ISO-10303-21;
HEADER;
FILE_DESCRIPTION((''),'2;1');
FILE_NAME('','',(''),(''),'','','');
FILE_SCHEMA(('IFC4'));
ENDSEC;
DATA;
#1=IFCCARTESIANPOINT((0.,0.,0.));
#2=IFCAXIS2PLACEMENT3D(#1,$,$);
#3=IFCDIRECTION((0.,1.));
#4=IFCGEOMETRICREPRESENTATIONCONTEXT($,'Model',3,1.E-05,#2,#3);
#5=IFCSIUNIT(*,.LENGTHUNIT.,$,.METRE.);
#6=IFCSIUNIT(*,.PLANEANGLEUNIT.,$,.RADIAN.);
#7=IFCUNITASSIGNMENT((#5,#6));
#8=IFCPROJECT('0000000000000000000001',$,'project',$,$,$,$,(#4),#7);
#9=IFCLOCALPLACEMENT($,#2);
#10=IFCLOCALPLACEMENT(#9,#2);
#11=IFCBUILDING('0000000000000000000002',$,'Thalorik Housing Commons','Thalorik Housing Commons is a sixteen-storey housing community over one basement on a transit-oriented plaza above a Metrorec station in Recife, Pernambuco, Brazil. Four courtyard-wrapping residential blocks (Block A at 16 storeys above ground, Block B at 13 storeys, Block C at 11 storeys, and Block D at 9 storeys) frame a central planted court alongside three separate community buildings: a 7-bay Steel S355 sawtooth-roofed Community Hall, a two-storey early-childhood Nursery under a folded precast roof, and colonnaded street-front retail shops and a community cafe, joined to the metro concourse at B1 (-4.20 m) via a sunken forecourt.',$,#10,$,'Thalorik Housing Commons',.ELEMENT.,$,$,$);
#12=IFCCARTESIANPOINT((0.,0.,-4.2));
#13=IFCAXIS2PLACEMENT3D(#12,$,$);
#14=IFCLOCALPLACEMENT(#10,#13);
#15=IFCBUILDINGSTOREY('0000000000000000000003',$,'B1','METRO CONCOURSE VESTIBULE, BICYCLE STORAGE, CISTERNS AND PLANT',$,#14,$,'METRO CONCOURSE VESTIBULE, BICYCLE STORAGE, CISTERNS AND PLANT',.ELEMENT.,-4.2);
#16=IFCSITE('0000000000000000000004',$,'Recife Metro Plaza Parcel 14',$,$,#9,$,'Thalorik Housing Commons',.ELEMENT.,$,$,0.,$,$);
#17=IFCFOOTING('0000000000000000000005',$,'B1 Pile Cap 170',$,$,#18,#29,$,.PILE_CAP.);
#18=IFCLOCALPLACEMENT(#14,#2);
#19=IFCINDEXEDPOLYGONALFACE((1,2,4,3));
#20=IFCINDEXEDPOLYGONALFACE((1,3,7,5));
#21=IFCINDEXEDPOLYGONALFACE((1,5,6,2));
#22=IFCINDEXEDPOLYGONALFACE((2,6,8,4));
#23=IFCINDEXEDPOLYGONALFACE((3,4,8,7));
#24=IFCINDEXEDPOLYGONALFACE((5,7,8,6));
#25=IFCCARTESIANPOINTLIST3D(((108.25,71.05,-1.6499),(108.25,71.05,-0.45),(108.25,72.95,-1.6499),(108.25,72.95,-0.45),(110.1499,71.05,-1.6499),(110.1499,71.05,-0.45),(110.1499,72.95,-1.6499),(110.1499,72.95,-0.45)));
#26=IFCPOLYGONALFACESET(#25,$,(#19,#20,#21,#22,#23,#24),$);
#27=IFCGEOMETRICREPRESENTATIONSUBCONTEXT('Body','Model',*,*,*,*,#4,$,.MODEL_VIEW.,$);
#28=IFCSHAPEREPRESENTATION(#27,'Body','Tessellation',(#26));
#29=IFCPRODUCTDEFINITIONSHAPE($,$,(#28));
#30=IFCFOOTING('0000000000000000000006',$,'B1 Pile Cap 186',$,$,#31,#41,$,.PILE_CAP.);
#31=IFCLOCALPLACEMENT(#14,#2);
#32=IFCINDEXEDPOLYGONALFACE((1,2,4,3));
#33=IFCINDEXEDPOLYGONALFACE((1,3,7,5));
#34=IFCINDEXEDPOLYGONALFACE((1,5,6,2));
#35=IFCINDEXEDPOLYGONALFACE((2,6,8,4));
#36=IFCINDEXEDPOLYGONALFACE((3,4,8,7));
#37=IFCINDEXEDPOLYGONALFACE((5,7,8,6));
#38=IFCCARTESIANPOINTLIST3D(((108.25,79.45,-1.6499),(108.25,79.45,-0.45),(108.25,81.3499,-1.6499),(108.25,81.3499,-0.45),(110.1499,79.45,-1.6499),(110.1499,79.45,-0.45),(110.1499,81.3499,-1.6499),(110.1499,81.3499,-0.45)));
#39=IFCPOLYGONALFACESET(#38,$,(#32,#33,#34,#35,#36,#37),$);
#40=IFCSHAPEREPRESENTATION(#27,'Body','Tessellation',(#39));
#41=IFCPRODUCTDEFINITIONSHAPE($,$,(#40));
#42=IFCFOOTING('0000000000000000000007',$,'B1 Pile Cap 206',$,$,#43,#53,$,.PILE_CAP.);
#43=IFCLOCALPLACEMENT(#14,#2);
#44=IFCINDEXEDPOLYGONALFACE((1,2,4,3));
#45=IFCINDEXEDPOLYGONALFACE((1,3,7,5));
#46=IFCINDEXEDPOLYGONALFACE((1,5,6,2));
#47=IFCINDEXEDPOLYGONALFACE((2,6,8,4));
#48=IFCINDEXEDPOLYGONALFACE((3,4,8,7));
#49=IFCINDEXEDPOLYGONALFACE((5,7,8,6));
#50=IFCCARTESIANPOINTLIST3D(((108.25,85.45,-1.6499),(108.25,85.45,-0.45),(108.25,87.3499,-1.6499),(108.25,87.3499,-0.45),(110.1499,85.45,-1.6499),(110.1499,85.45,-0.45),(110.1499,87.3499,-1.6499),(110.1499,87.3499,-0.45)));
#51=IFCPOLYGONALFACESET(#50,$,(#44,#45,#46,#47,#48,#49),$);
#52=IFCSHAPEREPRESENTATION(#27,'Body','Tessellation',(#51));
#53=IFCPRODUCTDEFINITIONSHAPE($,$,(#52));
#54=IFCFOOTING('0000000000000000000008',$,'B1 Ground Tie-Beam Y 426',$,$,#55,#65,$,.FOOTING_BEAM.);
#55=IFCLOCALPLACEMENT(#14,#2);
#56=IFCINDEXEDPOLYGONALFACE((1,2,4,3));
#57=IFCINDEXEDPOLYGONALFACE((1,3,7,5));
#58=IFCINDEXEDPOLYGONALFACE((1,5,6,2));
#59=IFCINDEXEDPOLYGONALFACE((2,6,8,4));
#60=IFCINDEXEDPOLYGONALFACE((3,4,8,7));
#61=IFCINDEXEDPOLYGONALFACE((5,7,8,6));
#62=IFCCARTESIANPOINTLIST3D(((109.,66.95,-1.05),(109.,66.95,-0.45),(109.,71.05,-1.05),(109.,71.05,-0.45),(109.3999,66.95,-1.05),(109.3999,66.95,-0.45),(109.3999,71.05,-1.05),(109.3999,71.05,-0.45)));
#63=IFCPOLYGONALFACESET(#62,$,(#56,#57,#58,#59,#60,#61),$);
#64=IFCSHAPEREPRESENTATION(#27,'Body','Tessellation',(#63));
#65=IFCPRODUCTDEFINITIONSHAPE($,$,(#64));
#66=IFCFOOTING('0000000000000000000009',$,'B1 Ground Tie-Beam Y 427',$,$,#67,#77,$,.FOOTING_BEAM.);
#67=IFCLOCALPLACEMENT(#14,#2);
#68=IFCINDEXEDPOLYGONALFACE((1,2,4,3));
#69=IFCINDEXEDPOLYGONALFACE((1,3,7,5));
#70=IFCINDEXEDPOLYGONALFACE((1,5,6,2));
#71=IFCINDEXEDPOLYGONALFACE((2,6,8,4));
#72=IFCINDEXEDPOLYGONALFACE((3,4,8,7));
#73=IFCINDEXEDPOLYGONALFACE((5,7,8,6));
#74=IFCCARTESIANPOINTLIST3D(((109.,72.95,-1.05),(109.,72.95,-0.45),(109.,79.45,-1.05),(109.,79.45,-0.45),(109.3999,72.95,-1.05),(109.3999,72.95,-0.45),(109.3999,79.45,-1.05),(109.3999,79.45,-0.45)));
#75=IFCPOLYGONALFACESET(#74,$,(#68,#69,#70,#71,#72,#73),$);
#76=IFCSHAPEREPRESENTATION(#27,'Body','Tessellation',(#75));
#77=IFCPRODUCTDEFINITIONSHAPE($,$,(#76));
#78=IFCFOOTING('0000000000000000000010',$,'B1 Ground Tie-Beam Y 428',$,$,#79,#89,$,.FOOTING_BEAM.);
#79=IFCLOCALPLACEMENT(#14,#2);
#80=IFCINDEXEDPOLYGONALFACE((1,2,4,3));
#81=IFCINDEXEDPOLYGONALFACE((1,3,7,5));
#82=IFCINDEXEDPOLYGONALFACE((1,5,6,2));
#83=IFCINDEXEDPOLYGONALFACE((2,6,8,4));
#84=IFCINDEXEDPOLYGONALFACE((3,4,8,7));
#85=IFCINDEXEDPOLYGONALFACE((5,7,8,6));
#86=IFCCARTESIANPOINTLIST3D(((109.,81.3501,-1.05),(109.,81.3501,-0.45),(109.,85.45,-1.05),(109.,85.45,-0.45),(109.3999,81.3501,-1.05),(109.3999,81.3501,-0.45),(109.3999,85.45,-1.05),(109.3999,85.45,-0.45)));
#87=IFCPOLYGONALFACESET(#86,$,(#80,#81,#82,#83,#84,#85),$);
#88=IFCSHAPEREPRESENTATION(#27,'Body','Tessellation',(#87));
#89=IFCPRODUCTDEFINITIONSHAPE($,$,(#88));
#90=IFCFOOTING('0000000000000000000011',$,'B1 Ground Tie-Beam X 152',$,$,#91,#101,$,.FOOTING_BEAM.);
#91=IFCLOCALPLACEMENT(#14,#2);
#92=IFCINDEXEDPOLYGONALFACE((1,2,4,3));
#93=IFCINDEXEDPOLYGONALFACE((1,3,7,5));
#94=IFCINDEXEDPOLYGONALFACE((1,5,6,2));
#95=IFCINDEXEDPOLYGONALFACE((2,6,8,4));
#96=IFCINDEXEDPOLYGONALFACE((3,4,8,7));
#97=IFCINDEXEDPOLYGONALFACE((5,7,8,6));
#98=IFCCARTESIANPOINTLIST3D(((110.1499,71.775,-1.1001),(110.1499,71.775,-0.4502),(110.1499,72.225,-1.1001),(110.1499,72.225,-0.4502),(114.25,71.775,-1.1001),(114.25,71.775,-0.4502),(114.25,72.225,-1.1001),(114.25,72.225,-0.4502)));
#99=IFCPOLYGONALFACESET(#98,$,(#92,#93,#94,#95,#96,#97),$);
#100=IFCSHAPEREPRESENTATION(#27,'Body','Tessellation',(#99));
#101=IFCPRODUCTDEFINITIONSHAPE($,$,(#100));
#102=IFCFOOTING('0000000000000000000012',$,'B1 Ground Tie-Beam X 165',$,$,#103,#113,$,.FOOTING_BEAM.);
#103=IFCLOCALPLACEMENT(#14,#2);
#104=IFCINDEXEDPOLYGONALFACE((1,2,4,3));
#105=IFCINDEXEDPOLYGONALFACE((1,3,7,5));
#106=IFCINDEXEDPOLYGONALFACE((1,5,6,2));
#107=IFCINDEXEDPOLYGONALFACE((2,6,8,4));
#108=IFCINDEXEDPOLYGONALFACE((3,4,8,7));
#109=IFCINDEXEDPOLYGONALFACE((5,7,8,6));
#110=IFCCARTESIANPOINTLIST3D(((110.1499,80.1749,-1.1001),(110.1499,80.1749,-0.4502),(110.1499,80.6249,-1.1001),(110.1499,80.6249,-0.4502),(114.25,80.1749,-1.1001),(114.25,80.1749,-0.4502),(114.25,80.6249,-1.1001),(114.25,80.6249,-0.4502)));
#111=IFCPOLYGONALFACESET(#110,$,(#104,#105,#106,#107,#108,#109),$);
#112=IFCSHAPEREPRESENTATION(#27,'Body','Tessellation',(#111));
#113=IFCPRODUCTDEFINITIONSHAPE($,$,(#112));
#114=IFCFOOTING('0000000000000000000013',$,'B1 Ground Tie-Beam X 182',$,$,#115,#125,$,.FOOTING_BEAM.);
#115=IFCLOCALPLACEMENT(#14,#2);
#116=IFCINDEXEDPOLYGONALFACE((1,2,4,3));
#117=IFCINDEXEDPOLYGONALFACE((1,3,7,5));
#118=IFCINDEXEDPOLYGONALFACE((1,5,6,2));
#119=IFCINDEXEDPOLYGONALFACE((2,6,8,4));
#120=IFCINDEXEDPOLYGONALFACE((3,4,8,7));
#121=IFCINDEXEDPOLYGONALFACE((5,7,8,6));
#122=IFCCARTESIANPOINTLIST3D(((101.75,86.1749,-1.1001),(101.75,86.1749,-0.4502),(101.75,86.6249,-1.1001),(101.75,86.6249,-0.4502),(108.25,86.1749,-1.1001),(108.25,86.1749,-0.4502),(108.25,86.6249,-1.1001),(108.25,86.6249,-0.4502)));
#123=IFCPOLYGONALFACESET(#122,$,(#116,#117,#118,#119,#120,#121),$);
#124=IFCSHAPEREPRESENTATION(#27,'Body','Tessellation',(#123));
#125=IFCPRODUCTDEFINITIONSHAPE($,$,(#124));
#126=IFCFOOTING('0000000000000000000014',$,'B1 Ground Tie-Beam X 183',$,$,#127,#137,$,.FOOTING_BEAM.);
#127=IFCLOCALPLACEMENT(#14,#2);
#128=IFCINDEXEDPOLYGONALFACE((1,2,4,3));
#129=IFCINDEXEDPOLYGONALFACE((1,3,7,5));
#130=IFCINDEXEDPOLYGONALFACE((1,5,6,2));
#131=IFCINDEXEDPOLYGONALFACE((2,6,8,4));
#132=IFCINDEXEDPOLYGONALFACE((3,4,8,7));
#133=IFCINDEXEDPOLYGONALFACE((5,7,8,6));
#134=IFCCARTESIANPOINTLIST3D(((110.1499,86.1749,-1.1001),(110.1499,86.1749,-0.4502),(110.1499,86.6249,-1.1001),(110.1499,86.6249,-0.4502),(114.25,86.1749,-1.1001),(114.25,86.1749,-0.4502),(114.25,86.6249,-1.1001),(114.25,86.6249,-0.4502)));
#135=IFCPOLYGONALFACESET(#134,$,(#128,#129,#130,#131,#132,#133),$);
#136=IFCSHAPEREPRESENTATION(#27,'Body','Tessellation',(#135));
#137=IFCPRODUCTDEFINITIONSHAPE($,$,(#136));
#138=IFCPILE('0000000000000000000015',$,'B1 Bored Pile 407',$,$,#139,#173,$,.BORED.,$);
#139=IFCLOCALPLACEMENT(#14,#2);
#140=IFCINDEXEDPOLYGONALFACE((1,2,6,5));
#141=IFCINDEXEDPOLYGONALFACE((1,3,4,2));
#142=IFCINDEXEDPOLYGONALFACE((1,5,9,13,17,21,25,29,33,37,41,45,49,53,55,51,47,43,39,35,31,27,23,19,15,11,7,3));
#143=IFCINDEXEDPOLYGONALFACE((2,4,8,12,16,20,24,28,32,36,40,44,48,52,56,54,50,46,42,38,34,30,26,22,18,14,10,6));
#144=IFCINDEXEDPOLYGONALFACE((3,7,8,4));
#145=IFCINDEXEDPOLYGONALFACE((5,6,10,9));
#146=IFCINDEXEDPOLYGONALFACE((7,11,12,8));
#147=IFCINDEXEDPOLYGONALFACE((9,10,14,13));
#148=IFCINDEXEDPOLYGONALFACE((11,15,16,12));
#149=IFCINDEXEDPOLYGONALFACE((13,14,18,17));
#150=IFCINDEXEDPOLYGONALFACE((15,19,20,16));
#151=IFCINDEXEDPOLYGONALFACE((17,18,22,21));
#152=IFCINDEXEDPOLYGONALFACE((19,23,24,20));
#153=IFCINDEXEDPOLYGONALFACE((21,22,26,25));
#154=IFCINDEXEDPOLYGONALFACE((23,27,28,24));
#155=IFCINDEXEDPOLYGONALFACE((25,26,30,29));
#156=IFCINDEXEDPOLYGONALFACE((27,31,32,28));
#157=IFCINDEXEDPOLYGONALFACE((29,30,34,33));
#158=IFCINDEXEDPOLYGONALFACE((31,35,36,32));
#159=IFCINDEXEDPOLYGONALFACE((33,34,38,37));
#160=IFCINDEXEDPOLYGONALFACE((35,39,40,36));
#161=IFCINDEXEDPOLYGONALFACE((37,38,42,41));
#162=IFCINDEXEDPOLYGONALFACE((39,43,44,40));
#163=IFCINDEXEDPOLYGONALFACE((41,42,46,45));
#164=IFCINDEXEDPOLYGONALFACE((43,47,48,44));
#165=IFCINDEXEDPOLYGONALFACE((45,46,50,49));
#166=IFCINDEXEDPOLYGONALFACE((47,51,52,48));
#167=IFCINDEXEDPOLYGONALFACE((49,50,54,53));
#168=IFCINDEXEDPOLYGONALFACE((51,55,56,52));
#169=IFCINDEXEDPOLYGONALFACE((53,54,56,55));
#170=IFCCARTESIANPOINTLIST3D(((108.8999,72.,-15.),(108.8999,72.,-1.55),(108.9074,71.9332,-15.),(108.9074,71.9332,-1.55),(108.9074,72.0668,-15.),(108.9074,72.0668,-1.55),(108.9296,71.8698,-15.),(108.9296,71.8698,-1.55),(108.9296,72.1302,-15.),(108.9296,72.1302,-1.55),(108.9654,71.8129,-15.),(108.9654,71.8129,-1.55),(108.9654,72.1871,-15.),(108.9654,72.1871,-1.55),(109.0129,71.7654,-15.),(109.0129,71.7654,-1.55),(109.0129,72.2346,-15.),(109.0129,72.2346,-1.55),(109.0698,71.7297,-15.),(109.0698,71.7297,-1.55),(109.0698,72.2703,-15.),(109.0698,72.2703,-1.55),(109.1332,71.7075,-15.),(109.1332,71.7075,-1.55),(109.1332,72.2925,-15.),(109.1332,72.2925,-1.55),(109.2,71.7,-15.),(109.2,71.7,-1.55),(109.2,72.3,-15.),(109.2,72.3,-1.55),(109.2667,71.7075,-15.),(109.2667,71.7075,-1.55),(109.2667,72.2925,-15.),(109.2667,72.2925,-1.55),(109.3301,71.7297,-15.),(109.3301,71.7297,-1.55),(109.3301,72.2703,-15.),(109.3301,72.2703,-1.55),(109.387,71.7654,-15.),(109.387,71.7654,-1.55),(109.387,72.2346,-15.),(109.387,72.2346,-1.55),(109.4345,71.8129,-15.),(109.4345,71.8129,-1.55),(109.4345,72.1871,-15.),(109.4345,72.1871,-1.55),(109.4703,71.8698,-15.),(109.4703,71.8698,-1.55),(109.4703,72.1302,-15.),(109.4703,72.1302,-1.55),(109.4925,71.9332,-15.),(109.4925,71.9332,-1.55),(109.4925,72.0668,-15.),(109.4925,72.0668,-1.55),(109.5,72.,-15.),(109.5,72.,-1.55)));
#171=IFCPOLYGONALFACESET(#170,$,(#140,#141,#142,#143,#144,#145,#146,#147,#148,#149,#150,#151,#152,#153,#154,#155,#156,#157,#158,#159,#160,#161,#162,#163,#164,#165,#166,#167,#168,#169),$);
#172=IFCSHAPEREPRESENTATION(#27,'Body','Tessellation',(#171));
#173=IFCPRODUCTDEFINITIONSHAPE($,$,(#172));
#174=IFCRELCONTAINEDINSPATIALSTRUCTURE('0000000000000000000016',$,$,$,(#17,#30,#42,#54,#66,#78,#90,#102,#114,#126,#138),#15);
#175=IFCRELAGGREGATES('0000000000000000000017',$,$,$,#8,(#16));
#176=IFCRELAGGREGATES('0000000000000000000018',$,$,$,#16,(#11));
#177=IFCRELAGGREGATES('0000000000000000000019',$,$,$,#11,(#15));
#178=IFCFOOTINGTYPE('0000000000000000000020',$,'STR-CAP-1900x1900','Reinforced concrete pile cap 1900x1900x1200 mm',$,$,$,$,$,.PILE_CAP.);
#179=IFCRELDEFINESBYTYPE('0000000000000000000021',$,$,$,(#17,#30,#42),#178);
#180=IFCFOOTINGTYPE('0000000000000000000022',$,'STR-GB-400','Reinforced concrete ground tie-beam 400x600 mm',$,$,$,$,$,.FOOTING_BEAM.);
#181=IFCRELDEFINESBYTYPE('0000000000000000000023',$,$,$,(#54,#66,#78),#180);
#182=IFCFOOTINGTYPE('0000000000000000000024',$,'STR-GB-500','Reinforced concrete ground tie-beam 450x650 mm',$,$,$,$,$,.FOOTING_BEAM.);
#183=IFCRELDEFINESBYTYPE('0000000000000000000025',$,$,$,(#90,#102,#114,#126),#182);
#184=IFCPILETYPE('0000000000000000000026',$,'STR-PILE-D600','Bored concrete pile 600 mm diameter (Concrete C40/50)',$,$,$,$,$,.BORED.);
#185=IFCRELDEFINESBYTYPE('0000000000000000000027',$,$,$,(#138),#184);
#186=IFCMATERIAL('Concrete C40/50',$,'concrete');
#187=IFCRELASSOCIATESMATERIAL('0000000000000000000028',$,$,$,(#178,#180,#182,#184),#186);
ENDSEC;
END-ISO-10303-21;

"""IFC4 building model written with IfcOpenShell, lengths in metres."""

from ifc_helpers import new_model, si_unit, direction, frame, origin, origin_2d, place, context, subcontext, project, spatial, rectangle, circle, extrude, material, material_profile, profile_set, type_object, element, save


model = new_model("IFC4")

# Units and contexts
model_context = context("Model", 3, precision=1e-05, world=origin(), true_north=direction((0.0, 1.0)))
body_context = subcontext(model_context, "Body", "Model", "MODEL_VIEW")
ifc_project = project(units=[si_unit("LENGTHUNIT", "METRE"), si_unit("PLANEANGLEUNIT", "RADIAN")], contexts=[model_context])

# Site, building, storey
site_placement = place(None, origin())
site = spatial("IfcSite", under=ifc_project, at=site_placement, Name="Recife Metro Plaza Parcel 14", LongName="Thalorik Housing Commons", CompositionType="ELEMENT", RefElevation=0.0)
building_placement = place(site_placement, origin())
building = spatial("IfcBuilding", under=site, at=building_placement, Name="Thalorik Housing Commons", Description="Thalorik Housing Commons is a sixteen-storey housing community over one basement on a transit-oriented plaza above a Metrorec station in Recife, Pernambuco, Brazil. Four courtyard-wrapping residential blocks (Block A at 16 storeys above ground, Block B at 13 storeys, Block C at 11 storeys, and Block D at 9 storeys) frame a central planted court alongside three separate community buildings: a 7-bay Steel S355 sawtooth-roofed Community Hall, a two-storey early-childhood Nursery under a folded precast roof, and colonnaded street-front retail shops and a community cafe, joined to the metro concourse at B1 (-4.20 m) via a sunken forecourt.", LongName="Thalorik Housing Commons", CompositionType="ELEMENT")
storey_placement = place(building_placement, frame((0.0, 0.0, -4.2)))
storey = spatial("IfcBuildingStorey", under=building, at=storey_placement, Name="B1", Description="METRO CONCOURSE VESTIBULE, BICYCLE STORAGE, CISTERNS AND PLANT", LongName="METRO CONCOURSE VESTIBULE, BICYCLE STORAGE, CISTERNS AND PLANT", CompositionType="ELEMENT", Elevation=-4.2)

# Footings
ifc_material_1 = material(Name="Concrete C40/50", Category="concrete")
footing_type_1 = type_object("IfcFootingType", Name="STR-CAP-1900x1900", Description="Reinforced concrete pile cap 1900x1900x1200 mm", PredefinedType="PILE_CAP", material=ifc_material_1)
for number, where, z_axis, x_axis, name in (
    (1, (109.2, 72.0, -1.6499), (0.0, 0.0, 1.0), (1.0, 0.0, 0.0), "B1 Pile Cap 170"),
    (2, (109.2, 80.3999, -1.6499), (0.0, 0.0, 1.0), (1.0, 0.0, 0.0), "B1 Pile Cap 186"),
    (3, (109.2, 86.3999, -1.6499), (0.0, 0.0, 1.0), (1.0, 0.0, 0.0), "B1 Pile Cap 206"),
):
    element("IfcFooting", number, at=place(storey_placement, frame(where, z_axis=z_axis, x_axis=x_axis)), inside=storey, type_object=footing_type_1, Name=name, PredefinedType="PILE_CAP", context=body_context, shape_type="SweptSolid", body=[
        extrude(rectangle(XDim=1.8999, YDim=1.8999, at=origin_2d()), origin(), (0.0, 0.0, 1.0), 1.2),
    ])
ifc_material_profile_1 = material_profile(ifc_material_1, rectangle(XDim=0.3999, YDim=0.6001, at=origin_2d()), Name="RC 400x600", Category="concrete")
ifc_profile_set_1 = profile_set([ifc_material_profile_1], Name="Concrete C40/50")
footing_type_2 = type_object("IfcFootingType", Name="STR-GB-400", Description="Reinforced concrete ground tie-beam 400x600 mm", PredefinedType="FOOTING_BEAM", material=ifc_profile_set_1)
footing_1_placement = place(storey_placement, frame((109.2, 66.95, -0.75), z_axis=(0.0, 1.0, 0.0), x_axis=(-1.0, 0.0, 0.0)))
element("IfcFooting", 4, at=footing_1_placement, inside=storey, type_object=footing_type_2, Name="B1 Ground Tie-Beam Y 426", PredefinedType="FOOTING_BEAM", context=body_context, shape_type="SweptSolid", body=[
    extrude(rectangle(XDim=0.3999, YDim=0.6001, at=origin_2d()), origin(), (0.0, 0.0, 1.0), 4.1001),
])
footing_2_placement = place(storey_placement, frame((109.2, 72.95, -0.75), z_axis=(0.0, 1.0, 0.0), x_axis=(-1.0, 0.0, 0.0)))
element("IfcFooting", 5, at=footing_2_placement, inside=storey, type_object=footing_type_2, Name="B1 Ground Tie-Beam Y 427", PredefinedType="FOOTING_BEAM", context=body_context, shape_type="SweptSolid", body=[
    extrude(rectangle(XDim=0.3999, YDim=0.6001, at=origin_2d()), origin(), (0.0, 0.0, 1.0), 6.5),
])
footing_3_placement = place(storey_placement, frame((109.2, 81.3501, -0.75), z_axis=(0.0, 1.0, 0.0), x_axis=(-1.0, 0.0, 0.0)))
element("IfcFooting", 6, at=footing_3_placement, inside=storey, type_object=footing_type_2, Name="B1 Ground Tie-Beam Y 428", PredefinedType="FOOTING_BEAM", context=body_context, shape_type="SweptSolid", body=[
    extrude(rectangle(XDim=0.3999, YDim=0.6001, at=origin_2d()), origin(), (0.0, 0.0, 1.0), 4.0999),
])
ifc_material_profile_2 = material_profile(ifc_material_1, rectangle(XDim=0.45, YDim=0.6499, at=origin_2d()), Name="RC 450x650", Category="concrete")
ifc_profile_set_2 = profile_set([ifc_material_profile_2], Name="Concrete C40/50")
footing_type_3 = type_object("IfcFootingType", Name="STR-GB-500", Description="Reinforced concrete ground tie-beam 450x650 mm", PredefinedType="FOOTING_BEAM", material=ifc_profile_set_2)
for number, where, z_axis, x_axis, name in (
    (7, (110.1499, 72.0, -0.7751), (1.0, 0.0, 0.0), (0.0, 1.0, 0.0), "B1 Ground Tie-Beam X 152"),
    (8, (110.1499, 80.3999, -0.7751), (1.0, 0.0, 0.0), (0.0, 1.0, 0.0), "B1 Ground Tie-Beam X 165"),
):
    element("IfcFooting", number, at=place(storey_placement, frame(where, z_axis=z_axis, x_axis=x_axis)), inside=storey, type_object=footing_type_3, Name=name, PredefinedType="FOOTING_BEAM", context=body_context, shape_type="SweptSolid", body=[
        extrude(rectangle(XDim=0.45, YDim=0.6499, at=origin_2d()), origin(), (0.0, 0.0, 1.0), 4.1001),
    ])
footing_4_placement = place(storey_placement, frame((101.75, 86.3999, -0.7751), z_axis=(1.0, 0.0, 0.0), x_axis=(0.0, 1.0, 0.0)))
element("IfcFooting", 9, at=footing_4_placement, inside=storey, type_object=footing_type_3, Name="B1 Ground Tie-Beam X 182", PredefinedType="FOOTING_BEAM", context=body_context, shape_type="SweptSolid", body=[
    extrude(rectangle(XDim=0.45, YDim=0.6499, at=origin_2d()), origin(), (0.0, 0.0, 1.0), 6.5),
])
footing_5_placement = place(storey_placement, frame((110.1499, 86.3999, -0.7751), z_axis=(1.0, 0.0, 0.0), x_axis=(0.0, 1.0, 0.0)))
element("IfcFooting", 10, at=footing_5_placement, inside=storey, type_object=footing_type_3, Name="B1 Ground Tie-Beam X 183", PredefinedType="FOOTING_BEAM", context=body_context, shape_type="SweptSolid", body=[
    extrude(rectangle(XDim=0.45, YDim=0.6499, at=origin_2d()), origin(), (0.0, 0.0, 1.0), 4.1001),
])

# Pile
ifc_material_profile_3 = material_profile(ifc_material_1, circle(Radius=0.3, at=origin_2d()), Name="BORED PILE D600", Category="concrete")
ifc_profile_set_3 = profile_set([ifc_material_profile_3], Name="Concrete C40/50")
pile_type_1 = type_object("IfcPileType", Name="STR-PILE-D600", Description="Bored concrete pile 600 mm diameter (Concrete C40/50)", PredefinedType="BORED", material=ifc_profile_set_3)
for number, where, z_axis, x_axis, name in (
    (11, (109.2, 72.0, -1.55), (0.0, 0.0, -1.0), (1.0, 0.0, 0.0), "B1 Bored Pile 407"),
):
    element("IfcPile", number, at=place(storey_placement, frame(where, z_axis=z_axis, x_axis=x_axis)), inside=storey, type_object=pile_type_1, Name=name, PredefinedType="BORED", context=body_context, shape_type="SweptSolid", body=[
        extrude(circle(Radius=0.3, at=origin_2d()), origin(), (0.0, 0.0, 1.0), 13.45),
    ])

save(model, "model.ifc")
